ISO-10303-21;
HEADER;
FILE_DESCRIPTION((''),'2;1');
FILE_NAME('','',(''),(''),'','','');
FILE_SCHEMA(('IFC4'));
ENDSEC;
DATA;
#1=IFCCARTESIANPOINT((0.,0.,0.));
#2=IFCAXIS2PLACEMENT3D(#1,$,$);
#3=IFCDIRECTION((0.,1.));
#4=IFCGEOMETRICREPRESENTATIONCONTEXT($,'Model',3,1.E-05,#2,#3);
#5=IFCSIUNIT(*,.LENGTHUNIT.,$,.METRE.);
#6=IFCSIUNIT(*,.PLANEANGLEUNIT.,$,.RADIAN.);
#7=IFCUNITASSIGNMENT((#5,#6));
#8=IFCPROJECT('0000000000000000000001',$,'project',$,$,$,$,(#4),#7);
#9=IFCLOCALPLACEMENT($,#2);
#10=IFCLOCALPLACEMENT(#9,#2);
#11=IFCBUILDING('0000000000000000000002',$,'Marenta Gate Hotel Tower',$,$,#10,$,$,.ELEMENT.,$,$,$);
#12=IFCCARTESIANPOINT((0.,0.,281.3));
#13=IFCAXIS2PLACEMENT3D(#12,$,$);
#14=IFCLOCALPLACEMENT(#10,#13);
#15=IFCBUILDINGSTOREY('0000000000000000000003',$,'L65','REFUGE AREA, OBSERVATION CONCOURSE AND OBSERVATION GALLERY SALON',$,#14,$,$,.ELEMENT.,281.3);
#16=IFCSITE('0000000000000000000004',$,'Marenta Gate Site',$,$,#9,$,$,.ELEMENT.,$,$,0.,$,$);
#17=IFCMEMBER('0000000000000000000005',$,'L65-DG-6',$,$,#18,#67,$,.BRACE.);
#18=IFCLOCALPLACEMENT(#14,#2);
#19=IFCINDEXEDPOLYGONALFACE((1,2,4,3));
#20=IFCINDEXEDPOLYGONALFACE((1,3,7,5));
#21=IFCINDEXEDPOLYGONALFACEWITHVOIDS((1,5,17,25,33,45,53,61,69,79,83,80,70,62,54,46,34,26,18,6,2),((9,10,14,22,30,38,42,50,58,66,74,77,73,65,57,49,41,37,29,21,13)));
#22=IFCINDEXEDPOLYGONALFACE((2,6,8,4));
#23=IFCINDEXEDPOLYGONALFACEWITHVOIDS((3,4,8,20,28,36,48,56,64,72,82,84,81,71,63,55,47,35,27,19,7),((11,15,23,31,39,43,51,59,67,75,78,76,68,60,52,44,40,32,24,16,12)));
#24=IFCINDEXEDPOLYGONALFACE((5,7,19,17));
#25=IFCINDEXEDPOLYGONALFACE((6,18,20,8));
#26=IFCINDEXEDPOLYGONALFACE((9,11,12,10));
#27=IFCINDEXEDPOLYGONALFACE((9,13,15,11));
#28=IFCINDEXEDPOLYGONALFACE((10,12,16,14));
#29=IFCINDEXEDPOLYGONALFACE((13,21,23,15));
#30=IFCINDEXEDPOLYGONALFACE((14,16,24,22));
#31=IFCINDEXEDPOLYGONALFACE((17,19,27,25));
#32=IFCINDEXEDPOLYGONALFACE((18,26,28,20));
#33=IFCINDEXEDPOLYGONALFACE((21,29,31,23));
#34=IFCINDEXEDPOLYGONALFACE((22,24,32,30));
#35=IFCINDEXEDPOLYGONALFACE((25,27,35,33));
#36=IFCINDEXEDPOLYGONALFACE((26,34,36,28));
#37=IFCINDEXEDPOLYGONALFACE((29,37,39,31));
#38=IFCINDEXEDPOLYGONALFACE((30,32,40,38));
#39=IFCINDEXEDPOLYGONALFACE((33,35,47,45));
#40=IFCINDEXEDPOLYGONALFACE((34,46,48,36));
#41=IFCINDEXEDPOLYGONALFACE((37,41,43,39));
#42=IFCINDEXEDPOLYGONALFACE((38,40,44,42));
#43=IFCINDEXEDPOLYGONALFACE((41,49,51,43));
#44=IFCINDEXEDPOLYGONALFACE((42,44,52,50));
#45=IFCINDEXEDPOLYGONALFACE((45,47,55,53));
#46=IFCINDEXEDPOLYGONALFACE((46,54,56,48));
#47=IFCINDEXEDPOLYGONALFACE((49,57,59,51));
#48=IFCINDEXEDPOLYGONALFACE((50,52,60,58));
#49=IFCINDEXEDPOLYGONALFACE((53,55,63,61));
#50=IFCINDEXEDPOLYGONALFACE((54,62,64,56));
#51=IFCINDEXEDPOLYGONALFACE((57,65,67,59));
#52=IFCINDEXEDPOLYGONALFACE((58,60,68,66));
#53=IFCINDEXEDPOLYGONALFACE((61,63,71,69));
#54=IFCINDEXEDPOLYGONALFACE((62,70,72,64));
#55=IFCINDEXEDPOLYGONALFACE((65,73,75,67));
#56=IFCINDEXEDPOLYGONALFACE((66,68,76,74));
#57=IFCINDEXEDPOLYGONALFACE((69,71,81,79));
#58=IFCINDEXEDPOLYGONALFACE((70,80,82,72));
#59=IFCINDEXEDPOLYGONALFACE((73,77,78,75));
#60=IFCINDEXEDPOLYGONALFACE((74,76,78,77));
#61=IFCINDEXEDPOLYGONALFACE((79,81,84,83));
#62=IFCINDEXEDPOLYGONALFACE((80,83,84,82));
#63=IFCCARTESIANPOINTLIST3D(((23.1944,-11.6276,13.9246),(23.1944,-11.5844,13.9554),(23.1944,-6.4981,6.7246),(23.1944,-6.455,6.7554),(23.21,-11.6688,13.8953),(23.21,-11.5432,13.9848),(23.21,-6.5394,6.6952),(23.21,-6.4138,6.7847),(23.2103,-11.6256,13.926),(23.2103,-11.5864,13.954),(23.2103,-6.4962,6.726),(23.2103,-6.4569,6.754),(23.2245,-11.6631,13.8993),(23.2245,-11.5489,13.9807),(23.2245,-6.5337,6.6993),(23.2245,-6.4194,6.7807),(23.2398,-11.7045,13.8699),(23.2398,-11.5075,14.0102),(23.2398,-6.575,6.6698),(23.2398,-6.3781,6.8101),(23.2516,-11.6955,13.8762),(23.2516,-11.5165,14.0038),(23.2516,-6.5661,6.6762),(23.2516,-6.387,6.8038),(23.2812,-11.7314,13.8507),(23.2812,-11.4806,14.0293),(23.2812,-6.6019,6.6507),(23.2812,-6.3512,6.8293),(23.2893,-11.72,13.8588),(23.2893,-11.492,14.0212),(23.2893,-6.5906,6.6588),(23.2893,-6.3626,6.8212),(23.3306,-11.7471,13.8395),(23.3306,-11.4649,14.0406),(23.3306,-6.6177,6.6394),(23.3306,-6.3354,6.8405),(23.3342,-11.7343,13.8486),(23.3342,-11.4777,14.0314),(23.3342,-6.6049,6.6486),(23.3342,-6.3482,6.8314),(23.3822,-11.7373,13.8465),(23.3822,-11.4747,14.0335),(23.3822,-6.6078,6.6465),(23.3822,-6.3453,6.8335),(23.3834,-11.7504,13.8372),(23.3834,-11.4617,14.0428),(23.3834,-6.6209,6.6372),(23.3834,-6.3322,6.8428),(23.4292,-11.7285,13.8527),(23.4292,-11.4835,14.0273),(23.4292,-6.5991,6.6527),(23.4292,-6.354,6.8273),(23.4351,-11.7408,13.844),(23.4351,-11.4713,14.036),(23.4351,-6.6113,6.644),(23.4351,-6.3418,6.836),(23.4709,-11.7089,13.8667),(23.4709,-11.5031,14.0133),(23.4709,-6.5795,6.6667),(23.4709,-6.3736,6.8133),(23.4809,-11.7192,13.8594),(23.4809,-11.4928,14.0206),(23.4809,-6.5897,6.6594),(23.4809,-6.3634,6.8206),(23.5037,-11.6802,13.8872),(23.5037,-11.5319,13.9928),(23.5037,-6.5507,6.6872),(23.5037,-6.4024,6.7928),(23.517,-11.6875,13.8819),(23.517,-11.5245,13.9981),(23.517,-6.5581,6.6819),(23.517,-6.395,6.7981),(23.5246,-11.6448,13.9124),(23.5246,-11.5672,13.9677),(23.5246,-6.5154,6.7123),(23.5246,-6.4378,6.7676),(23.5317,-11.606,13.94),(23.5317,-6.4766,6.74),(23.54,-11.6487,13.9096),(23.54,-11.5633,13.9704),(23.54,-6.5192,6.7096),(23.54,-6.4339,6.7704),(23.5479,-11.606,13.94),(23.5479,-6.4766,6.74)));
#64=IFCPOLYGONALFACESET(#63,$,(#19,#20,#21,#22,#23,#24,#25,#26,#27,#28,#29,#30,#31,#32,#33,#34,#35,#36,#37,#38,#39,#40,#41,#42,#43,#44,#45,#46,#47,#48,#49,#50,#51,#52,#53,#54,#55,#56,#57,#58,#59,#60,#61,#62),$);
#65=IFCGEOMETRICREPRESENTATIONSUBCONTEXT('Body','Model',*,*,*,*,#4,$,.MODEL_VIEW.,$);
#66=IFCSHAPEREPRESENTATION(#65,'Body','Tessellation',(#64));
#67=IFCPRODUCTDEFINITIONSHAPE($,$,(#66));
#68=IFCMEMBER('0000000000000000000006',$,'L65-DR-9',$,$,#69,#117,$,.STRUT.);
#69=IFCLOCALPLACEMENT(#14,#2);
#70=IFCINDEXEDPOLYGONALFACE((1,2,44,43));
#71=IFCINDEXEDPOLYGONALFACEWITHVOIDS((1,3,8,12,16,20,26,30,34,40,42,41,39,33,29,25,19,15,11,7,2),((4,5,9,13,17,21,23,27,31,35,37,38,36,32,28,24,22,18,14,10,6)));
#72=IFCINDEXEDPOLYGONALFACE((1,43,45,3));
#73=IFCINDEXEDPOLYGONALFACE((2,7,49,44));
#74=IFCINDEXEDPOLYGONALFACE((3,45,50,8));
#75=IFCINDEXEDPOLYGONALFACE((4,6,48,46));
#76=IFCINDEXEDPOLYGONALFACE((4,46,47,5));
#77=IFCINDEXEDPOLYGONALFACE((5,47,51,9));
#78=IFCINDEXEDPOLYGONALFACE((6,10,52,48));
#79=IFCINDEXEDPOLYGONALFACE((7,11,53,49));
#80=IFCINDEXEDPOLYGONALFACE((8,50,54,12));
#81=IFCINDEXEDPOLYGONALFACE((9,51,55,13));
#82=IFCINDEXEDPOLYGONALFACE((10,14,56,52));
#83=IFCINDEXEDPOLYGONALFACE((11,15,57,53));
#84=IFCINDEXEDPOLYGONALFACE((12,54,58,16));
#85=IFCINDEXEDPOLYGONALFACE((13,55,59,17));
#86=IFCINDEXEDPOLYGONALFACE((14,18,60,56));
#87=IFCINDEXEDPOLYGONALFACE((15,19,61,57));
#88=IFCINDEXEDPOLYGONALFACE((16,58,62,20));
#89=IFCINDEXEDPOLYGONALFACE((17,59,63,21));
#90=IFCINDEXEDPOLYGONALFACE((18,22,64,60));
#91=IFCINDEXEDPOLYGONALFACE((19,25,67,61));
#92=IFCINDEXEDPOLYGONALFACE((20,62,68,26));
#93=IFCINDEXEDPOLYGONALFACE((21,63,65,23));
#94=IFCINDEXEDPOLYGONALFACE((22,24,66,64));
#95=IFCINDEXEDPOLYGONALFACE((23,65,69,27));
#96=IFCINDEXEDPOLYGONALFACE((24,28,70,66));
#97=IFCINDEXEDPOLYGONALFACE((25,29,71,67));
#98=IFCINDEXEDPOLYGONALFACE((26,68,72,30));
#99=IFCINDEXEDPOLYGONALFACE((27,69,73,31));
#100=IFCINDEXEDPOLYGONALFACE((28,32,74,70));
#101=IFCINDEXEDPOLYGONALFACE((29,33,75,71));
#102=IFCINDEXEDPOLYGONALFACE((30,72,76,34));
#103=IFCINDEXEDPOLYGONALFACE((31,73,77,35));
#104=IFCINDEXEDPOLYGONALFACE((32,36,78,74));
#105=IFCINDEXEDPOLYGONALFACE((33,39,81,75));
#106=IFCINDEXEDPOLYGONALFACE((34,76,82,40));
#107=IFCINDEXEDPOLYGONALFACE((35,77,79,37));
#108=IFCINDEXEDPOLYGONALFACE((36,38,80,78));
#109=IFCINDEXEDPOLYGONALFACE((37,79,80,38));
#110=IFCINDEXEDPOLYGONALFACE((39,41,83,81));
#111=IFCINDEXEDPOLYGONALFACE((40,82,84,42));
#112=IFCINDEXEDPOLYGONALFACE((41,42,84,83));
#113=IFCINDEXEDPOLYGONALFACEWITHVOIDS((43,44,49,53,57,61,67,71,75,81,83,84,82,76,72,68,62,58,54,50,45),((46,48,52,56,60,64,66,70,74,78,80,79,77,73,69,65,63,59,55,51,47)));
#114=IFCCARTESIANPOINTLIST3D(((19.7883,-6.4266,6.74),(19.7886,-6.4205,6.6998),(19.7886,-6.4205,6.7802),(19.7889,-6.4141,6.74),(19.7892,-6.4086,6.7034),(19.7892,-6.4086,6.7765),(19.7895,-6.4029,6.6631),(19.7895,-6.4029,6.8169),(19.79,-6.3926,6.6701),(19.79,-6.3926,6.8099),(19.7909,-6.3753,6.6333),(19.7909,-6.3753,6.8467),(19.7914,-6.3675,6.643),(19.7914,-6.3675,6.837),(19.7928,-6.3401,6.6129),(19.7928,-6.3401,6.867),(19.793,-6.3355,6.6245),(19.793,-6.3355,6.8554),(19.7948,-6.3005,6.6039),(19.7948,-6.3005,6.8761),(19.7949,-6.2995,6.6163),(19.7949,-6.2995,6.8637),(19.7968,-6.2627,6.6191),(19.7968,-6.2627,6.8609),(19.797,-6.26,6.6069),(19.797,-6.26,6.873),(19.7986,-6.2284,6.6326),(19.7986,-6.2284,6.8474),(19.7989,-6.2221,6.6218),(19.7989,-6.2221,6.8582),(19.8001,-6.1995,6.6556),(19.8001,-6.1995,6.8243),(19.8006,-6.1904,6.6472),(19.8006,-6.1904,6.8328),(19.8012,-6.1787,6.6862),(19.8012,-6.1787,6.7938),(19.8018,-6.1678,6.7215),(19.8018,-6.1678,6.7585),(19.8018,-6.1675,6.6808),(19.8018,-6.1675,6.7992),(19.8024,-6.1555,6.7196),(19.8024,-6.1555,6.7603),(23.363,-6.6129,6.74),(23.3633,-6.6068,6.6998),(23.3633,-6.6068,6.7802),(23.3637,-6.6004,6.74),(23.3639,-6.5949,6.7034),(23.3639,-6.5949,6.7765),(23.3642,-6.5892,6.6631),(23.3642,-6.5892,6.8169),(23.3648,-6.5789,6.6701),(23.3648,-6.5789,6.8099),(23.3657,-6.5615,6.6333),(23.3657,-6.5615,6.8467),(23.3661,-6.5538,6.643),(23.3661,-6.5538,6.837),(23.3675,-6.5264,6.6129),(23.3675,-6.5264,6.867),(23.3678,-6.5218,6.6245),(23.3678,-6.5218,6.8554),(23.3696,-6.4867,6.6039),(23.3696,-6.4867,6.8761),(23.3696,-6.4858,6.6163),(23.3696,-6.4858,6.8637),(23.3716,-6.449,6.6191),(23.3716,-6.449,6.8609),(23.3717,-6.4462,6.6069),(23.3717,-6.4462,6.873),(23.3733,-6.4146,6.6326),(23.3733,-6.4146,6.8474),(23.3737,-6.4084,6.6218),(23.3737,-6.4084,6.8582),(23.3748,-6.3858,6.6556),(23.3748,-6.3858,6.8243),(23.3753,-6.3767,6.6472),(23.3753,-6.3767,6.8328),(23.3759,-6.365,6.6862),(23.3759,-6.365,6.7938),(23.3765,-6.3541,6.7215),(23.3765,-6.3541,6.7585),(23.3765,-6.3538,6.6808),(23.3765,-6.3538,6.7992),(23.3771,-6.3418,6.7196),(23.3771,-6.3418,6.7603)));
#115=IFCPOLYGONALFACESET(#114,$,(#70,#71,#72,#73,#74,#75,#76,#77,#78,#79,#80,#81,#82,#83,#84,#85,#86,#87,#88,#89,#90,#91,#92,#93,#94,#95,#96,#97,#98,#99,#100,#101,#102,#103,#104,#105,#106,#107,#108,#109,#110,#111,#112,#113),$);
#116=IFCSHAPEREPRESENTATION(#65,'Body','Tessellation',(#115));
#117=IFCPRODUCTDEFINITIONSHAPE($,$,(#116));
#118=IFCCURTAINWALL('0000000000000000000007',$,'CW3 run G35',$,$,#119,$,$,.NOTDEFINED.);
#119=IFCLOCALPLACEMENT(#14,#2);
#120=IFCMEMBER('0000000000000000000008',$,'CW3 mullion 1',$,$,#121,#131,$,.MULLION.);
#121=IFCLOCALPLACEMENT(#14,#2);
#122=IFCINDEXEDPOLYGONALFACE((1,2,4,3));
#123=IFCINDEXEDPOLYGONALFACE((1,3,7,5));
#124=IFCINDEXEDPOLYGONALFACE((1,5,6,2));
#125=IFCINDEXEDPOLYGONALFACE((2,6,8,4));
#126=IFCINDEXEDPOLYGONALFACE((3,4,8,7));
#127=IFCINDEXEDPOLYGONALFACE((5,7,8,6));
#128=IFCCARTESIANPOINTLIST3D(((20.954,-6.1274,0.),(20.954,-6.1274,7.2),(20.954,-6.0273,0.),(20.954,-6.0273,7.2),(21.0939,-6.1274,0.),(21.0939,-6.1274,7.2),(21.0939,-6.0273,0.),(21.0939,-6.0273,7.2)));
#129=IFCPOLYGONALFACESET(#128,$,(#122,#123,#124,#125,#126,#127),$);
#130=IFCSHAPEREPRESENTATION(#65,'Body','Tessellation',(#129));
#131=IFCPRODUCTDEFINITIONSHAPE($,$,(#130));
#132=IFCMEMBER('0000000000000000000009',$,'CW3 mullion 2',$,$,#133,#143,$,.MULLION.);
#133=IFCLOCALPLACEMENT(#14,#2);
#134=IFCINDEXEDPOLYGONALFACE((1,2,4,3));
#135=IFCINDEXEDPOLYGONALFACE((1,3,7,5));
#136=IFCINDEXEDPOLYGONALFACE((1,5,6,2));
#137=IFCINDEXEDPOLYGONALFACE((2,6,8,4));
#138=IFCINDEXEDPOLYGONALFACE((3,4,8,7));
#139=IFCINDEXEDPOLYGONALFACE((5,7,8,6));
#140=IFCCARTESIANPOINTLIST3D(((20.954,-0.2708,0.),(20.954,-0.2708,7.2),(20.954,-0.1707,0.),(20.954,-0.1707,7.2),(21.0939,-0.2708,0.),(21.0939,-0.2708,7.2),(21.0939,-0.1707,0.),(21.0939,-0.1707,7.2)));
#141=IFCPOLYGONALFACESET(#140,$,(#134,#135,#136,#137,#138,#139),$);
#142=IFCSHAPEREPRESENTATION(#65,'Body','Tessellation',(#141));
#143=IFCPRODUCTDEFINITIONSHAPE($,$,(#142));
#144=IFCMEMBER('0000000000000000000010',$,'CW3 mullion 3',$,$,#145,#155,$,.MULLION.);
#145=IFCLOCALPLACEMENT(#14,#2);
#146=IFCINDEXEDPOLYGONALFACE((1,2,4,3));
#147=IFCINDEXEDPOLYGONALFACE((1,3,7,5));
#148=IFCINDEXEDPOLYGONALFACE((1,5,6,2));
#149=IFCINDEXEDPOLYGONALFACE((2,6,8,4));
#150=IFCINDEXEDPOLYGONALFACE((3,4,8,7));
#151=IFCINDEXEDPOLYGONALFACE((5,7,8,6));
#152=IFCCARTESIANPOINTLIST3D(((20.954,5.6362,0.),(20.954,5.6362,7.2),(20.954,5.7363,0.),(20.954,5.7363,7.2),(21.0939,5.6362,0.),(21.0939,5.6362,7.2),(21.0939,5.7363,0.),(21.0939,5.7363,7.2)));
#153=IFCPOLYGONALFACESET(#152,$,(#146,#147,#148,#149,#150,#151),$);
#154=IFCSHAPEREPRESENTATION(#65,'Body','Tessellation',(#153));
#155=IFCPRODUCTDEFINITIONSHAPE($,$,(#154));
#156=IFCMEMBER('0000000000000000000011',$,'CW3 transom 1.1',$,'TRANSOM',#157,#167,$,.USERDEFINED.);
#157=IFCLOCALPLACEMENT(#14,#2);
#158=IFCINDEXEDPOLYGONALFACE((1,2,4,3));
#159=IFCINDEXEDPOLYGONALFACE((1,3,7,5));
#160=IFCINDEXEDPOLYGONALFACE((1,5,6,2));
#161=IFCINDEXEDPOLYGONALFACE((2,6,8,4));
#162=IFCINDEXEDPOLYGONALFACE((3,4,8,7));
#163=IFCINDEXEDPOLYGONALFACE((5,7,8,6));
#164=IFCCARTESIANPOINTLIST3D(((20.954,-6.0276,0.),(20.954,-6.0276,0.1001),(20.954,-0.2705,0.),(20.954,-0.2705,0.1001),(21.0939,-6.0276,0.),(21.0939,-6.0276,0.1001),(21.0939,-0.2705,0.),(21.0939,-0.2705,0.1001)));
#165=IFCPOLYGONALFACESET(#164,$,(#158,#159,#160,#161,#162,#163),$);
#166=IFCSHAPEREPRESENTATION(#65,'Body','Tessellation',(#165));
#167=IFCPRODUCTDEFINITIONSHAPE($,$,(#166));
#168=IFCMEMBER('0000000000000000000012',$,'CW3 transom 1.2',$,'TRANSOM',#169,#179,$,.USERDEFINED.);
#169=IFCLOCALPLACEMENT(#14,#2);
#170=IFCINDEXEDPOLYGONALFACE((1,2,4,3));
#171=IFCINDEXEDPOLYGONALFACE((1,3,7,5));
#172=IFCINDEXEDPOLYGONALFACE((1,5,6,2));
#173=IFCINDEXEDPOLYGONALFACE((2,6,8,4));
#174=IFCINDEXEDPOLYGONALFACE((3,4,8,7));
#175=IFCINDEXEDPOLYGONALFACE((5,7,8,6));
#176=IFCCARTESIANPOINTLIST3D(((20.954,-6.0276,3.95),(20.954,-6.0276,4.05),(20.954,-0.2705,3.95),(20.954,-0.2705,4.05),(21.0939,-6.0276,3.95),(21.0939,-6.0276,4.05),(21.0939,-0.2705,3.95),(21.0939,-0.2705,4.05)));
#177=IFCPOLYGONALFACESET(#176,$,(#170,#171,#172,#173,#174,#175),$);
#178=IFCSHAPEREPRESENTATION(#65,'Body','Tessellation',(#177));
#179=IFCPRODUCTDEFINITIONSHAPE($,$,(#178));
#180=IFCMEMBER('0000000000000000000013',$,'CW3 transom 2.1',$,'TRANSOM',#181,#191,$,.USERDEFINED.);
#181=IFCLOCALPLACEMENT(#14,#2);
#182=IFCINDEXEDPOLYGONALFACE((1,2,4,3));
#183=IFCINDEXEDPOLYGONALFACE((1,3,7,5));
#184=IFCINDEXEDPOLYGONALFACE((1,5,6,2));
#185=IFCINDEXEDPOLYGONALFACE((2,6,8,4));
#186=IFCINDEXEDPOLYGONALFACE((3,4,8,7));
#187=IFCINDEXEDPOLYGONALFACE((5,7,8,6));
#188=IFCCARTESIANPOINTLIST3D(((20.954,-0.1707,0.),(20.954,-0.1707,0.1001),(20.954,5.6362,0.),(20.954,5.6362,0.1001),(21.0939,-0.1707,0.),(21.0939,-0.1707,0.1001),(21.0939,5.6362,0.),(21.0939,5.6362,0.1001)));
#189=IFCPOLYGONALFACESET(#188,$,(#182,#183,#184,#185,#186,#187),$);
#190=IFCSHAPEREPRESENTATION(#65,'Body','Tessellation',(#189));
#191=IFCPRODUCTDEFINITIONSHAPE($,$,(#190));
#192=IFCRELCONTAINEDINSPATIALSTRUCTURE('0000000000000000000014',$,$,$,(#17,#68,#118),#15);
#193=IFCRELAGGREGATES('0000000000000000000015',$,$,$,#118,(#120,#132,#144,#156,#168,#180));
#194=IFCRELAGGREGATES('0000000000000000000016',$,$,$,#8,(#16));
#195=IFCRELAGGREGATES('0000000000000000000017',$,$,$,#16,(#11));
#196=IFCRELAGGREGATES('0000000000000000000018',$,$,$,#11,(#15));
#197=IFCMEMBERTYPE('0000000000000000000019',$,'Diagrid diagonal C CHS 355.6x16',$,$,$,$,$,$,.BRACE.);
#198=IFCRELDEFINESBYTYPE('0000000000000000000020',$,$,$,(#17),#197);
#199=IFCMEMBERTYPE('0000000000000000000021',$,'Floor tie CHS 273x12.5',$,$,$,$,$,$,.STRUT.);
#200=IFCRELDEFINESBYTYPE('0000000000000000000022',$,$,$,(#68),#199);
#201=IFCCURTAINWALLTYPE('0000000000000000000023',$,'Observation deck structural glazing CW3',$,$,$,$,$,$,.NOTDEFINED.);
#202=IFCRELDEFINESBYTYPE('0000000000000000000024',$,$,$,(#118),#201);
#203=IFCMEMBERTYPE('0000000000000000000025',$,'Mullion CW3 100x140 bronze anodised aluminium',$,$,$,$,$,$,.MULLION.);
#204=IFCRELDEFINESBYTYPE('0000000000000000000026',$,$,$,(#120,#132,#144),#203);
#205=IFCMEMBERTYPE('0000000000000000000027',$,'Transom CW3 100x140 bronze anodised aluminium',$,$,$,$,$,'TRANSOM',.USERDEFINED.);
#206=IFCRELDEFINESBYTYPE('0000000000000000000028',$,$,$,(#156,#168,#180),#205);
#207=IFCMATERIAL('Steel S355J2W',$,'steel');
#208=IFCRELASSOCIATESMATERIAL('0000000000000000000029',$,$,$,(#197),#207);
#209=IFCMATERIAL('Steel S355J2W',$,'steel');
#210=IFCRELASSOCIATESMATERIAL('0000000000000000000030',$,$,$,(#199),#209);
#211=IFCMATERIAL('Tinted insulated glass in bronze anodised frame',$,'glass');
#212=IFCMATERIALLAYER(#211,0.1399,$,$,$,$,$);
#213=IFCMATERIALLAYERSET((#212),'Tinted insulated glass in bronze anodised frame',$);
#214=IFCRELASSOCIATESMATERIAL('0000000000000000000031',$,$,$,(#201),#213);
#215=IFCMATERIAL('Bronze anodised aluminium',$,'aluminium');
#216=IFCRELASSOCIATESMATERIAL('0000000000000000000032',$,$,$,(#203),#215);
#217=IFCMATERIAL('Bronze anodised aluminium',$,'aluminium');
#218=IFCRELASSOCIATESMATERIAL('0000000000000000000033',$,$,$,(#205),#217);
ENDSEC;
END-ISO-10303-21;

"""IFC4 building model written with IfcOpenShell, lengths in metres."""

from ifc_helpers import new_model, si_unit, direction, frame, origin, origin_2d, place, context, subcontext, project, spatial, rectangle, hollow_circle, extrude, material, layer, layer_set, material_profile, profile_set, type_object, element, aggregate, save


model = new_model("IFC4")

# Units and contexts
model_context = context("Model", 3, precision=1e-05, world=origin(), true_north=direction((0.0, 1.0)))
body_context = subcontext(model_context, "Body", "Model", "MODEL_VIEW")
ifc_project = project(units=[si_unit("LENGTHUNIT", "METRE"), si_unit("PLANEANGLEUNIT", "RADIAN")], contexts=[model_context])

# Site, building, storey
site_placement = place(None, origin())
site = spatial("IfcSite", under=ifc_project, at=site_placement, Name="Marenta Gate Site", CompositionType="ELEMENT", RefElevation=0.0)
building_placement = place(site_placement, origin())
building = spatial("IfcBuilding", under=site, at=building_placement, Name="Marenta Gate Hotel Tower", CompositionType="ELEMENT")
storey_placement = place(building_placement, frame((0.0, 0.0, 281.3)))
storey = spatial("IfcBuildingStorey", under=building, at=storey_placement, Name="L65", Description="REFUGE AREA, OBSERVATION CONCOURSE AND OBSERVATION GALLERY SALON", CompositionType="ELEMENT", Elevation=281.3)

# Members
ifc_material_1 = material(Name="Steel S355J2W", Category="steel")
ifc_material_profile_1 = material_profile(ifc_material_1, hollow_circle(Radius=0.1777, WallThickness=0.0161, at=origin_2d()), Name="CHS 355.6x16")
ifc_profile_set_1 = profile_set([ifc_material_profile_1], Name="Steel S355J2W")
member_type_1 = type_object("IfcMemberType", Name="Diagrid diagonal C CHS 355.6x16", PredefinedType="BRACE", material=ifc_profile_set_1)
member_1_placement = place(storey_placement, frame((23.3701, -6.4766, 6.74), z_axis=(0.0, -0.580232, 0.814451), x_axis=(1.0, 0.0, 0.0)))
element("IfcMember", 1, at=member_1_placement, inside=storey, type_object=member_type_1, Name="L65-DG-6", PredefinedType="BRACE", context=body_context, shape_type="SweptSolid", body=[
    extrude(hollow_circle(Radius=0.1777, WallThickness=0.0161, at=origin_2d()), origin(), (0.0, 0.0, 1.0), 8.8403),
])
ifc_material_2 = material(Name="Steel S355J2W", Category="steel")
ifc_material_profile_2 = material_profile(ifc_material_2, hollow_circle(Radius=0.1365, WallThickness=0.0125, at=origin_2d()), Name="CHS 273x12.5")
ifc_profile_set_2 = profile_set([ifc_material_profile_2], Name="Steel S355J2W")
member_type_2 = type_object("IfcMemberType", Name="Floor tie CHS 273x12.5", PredefinedType="STRUT", material=ifc_profile_set_2)
member_2_placement = place(storey_placement, frame((23.3701, -6.4766, 6.74), z_axis=(-0.998645, 0.05204, 0.0), x_axis=(-0.05204, -0.998645, 0.0)))
element("IfcMember", 2, at=member_2_placement, inside=storey, type_object=member_type_2, Name="L65-DR-9", PredefinedType="STRUT", context=body_context, shape_type="SweptSolid", body=[
    extrude(hollow_circle(Radius=0.1365, WallThickness=0.0125, at=origin_2d()), origin(), (0.0, 0.0, 1.0), 3.5796),
])

# Curtain wall, members
ifc_material_3 = material(Name="Tinted insulated glass in bronze anodised frame", Category="glass")
ifc_layer_1 = layer(ifc_material_3, 0.1399)
ifc_layer_set_1 = layer_set([ifc_layer_1], Name="Tinted insulated glass in bronze anodised frame")
curtain_wall_type = type_object("IfcCurtainWallType", Name="Observation deck structural glazing CW3", PredefinedType="NOTDEFINED", material=ifc_layer_set_1)
curtain_wall_placement = place(storey_placement, origin())
curtain_wall = element("IfcCurtainWall", 3, at=curtain_wall_placement, inside=storey, type_object=curtain_wall_type, Name="CW3 run G35", PredefinedType="NOTDEFINED")
ifc_material_4 = material(Name="Bronze anodised aluminium", Category="aluminium")
ifc_material_profile_3 = material_profile(ifc_material_4, rectangle(XDim=0.1399, YDim=0.1001, at=origin_2d()), Name="Mullion CW3 100x140 bronze anodised aluminium")
ifc_profile_set_3 = profile_set([ifc_material_profile_3], Name="Bronze anodised aluminium")
member_type_3 = type_object("IfcMemberType", Name="Mullion CW3 100x140 bronze anodised aluminium", PredefinedType="MULLION", material=ifc_profile_set_3)
member_3_placement = place(storey_placement, frame((21.0239, -6.0774, 0.0), z_axis=(0.0, 0.0, 1.0), x_axis=(-1.0, 0.0, 0.0)))
member_3 = element("IfcMember", 4, at=member_3_placement, type_object=member_type_3, Name="CW3 mullion 1", PredefinedType="MULLION", context=body_context, shape_type="SweptSolid", body=[
    extrude(rectangle(XDim=0.1399, YDim=0.1001, at=origin_2d()), origin(), (0.0, 0.0, 1.0), 7.2),
])
member_4_placement = place(storey_placement, frame((21.0239, -0.2207, 0.0), z_axis=(0.0, 0.0, 1.0), x_axis=(-1.0, 0.0, 0.0)))
member_4 = element("IfcMember", 5, at=member_4_placement, type_object=member_type_3, Name="CW3 mullion 2", PredefinedType="MULLION", context=body_context, shape_type="SweptSolid", body=[
    extrude(rectangle(XDim=0.1399, YDim=0.1001, at=origin_2d()), origin(), (0.0, 0.0, 1.0), 7.2),
])
member_5_placement = place(storey_placement, frame((21.0239, 5.6863, 0.0), z_axis=(0.0, 0.0, 1.0), x_axis=(-1.0, 0.0, 0.0)))
member_5 = element("IfcMember", 6, at=member_5_placement, type_object=member_type_3, Name="CW3 mullion 3", PredefinedType="MULLION", context=body_context, shape_type="SweptSolid", body=[
    extrude(rectangle(XDim=0.1399, YDim=0.1001, at=origin_2d()), origin(), (0.0, 0.0, 1.0), 7.2),
])
ifc_material_5 = material(Name="Bronze anodised aluminium", Category="aluminium")
ifc_material_profile_4 = material_profile(ifc_material_5, rectangle(XDim=0.1399, YDim=0.1001, at=origin_2d()), Name="Transom CW3 100x140 bronze anodised aluminium")
ifc_profile_set_4 = profile_set([ifc_material_profile_4], Name="Bronze anodised aluminium")
member_type_4 = type_object("IfcMemberType", Name="Transom CW3 100x140 bronze anodised aluminium", ElementType="TRANSOM", PredefinedType="USERDEFINED", material=ifc_profile_set_4)
member_6_placement = place(storey_placement, frame((21.0239, -6.0276, 0.05), z_axis=(0.0, 1.0, 0.0), x_axis=(-1.0, 0.0, 0.0)))
member_6 = element("IfcMember", 7, at=member_6_placement, type_object=member_type_4, Name="CW3 transom 1.1", ObjectType="TRANSOM", PredefinedType="USERDEFINED", context=body_context, shape_type="SweptSolid", body=[
    extrude(rectangle(XDim=0.1399, YDim=0.1001, at=origin_2d()), origin(), (0.0, 0.0, 1.0), 5.7571),
])
member_7_placement = place(storey_placement, frame((21.0239, -6.0276, 4.0), z_axis=(0.0, 1.0, 0.0), x_axis=(-1.0, 0.0, 0.0)))
member_7 = element("IfcMember", 8, at=member_7_placement, type_object=member_type_4, Name="CW3 transom 1.2", ObjectType="TRANSOM", PredefinedType="USERDEFINED", context=body_context, shape_type="SweptSolid", body=[
    extrude(rectangle(XDim=0.1399, YDim=0.1001, at=origin_2d()), origin(), (0.0, 0.0, 1.0), 5.7571),
])
member_8_placement = place(storey_placement, frame((21.0239, -0.1707, 0.05), z_axis=(0.0, 1.0, 0.0), x_axis=(-1.0, 0.0, 0.0)))
member_8 = element("IfcMember", 9, at=member_8_placement, type_object=member_type_4, Name="CW3 transom 2.1", ObjectType="TRANSOM", PredefinedType="USERDEFINED", context=body_context, shape_type="SweptSolid", body=[
    extrude(rectangle(XDim=0.1399, YDim=0.1001, at=origin_2d()), origin(), (0.0, 0.0, 1.0), 5.8069),
])
aggregate(curtain_wall, [member_3, member_4, member_5, member_6, member_7, member_8])

save(model, "model.ifc")
